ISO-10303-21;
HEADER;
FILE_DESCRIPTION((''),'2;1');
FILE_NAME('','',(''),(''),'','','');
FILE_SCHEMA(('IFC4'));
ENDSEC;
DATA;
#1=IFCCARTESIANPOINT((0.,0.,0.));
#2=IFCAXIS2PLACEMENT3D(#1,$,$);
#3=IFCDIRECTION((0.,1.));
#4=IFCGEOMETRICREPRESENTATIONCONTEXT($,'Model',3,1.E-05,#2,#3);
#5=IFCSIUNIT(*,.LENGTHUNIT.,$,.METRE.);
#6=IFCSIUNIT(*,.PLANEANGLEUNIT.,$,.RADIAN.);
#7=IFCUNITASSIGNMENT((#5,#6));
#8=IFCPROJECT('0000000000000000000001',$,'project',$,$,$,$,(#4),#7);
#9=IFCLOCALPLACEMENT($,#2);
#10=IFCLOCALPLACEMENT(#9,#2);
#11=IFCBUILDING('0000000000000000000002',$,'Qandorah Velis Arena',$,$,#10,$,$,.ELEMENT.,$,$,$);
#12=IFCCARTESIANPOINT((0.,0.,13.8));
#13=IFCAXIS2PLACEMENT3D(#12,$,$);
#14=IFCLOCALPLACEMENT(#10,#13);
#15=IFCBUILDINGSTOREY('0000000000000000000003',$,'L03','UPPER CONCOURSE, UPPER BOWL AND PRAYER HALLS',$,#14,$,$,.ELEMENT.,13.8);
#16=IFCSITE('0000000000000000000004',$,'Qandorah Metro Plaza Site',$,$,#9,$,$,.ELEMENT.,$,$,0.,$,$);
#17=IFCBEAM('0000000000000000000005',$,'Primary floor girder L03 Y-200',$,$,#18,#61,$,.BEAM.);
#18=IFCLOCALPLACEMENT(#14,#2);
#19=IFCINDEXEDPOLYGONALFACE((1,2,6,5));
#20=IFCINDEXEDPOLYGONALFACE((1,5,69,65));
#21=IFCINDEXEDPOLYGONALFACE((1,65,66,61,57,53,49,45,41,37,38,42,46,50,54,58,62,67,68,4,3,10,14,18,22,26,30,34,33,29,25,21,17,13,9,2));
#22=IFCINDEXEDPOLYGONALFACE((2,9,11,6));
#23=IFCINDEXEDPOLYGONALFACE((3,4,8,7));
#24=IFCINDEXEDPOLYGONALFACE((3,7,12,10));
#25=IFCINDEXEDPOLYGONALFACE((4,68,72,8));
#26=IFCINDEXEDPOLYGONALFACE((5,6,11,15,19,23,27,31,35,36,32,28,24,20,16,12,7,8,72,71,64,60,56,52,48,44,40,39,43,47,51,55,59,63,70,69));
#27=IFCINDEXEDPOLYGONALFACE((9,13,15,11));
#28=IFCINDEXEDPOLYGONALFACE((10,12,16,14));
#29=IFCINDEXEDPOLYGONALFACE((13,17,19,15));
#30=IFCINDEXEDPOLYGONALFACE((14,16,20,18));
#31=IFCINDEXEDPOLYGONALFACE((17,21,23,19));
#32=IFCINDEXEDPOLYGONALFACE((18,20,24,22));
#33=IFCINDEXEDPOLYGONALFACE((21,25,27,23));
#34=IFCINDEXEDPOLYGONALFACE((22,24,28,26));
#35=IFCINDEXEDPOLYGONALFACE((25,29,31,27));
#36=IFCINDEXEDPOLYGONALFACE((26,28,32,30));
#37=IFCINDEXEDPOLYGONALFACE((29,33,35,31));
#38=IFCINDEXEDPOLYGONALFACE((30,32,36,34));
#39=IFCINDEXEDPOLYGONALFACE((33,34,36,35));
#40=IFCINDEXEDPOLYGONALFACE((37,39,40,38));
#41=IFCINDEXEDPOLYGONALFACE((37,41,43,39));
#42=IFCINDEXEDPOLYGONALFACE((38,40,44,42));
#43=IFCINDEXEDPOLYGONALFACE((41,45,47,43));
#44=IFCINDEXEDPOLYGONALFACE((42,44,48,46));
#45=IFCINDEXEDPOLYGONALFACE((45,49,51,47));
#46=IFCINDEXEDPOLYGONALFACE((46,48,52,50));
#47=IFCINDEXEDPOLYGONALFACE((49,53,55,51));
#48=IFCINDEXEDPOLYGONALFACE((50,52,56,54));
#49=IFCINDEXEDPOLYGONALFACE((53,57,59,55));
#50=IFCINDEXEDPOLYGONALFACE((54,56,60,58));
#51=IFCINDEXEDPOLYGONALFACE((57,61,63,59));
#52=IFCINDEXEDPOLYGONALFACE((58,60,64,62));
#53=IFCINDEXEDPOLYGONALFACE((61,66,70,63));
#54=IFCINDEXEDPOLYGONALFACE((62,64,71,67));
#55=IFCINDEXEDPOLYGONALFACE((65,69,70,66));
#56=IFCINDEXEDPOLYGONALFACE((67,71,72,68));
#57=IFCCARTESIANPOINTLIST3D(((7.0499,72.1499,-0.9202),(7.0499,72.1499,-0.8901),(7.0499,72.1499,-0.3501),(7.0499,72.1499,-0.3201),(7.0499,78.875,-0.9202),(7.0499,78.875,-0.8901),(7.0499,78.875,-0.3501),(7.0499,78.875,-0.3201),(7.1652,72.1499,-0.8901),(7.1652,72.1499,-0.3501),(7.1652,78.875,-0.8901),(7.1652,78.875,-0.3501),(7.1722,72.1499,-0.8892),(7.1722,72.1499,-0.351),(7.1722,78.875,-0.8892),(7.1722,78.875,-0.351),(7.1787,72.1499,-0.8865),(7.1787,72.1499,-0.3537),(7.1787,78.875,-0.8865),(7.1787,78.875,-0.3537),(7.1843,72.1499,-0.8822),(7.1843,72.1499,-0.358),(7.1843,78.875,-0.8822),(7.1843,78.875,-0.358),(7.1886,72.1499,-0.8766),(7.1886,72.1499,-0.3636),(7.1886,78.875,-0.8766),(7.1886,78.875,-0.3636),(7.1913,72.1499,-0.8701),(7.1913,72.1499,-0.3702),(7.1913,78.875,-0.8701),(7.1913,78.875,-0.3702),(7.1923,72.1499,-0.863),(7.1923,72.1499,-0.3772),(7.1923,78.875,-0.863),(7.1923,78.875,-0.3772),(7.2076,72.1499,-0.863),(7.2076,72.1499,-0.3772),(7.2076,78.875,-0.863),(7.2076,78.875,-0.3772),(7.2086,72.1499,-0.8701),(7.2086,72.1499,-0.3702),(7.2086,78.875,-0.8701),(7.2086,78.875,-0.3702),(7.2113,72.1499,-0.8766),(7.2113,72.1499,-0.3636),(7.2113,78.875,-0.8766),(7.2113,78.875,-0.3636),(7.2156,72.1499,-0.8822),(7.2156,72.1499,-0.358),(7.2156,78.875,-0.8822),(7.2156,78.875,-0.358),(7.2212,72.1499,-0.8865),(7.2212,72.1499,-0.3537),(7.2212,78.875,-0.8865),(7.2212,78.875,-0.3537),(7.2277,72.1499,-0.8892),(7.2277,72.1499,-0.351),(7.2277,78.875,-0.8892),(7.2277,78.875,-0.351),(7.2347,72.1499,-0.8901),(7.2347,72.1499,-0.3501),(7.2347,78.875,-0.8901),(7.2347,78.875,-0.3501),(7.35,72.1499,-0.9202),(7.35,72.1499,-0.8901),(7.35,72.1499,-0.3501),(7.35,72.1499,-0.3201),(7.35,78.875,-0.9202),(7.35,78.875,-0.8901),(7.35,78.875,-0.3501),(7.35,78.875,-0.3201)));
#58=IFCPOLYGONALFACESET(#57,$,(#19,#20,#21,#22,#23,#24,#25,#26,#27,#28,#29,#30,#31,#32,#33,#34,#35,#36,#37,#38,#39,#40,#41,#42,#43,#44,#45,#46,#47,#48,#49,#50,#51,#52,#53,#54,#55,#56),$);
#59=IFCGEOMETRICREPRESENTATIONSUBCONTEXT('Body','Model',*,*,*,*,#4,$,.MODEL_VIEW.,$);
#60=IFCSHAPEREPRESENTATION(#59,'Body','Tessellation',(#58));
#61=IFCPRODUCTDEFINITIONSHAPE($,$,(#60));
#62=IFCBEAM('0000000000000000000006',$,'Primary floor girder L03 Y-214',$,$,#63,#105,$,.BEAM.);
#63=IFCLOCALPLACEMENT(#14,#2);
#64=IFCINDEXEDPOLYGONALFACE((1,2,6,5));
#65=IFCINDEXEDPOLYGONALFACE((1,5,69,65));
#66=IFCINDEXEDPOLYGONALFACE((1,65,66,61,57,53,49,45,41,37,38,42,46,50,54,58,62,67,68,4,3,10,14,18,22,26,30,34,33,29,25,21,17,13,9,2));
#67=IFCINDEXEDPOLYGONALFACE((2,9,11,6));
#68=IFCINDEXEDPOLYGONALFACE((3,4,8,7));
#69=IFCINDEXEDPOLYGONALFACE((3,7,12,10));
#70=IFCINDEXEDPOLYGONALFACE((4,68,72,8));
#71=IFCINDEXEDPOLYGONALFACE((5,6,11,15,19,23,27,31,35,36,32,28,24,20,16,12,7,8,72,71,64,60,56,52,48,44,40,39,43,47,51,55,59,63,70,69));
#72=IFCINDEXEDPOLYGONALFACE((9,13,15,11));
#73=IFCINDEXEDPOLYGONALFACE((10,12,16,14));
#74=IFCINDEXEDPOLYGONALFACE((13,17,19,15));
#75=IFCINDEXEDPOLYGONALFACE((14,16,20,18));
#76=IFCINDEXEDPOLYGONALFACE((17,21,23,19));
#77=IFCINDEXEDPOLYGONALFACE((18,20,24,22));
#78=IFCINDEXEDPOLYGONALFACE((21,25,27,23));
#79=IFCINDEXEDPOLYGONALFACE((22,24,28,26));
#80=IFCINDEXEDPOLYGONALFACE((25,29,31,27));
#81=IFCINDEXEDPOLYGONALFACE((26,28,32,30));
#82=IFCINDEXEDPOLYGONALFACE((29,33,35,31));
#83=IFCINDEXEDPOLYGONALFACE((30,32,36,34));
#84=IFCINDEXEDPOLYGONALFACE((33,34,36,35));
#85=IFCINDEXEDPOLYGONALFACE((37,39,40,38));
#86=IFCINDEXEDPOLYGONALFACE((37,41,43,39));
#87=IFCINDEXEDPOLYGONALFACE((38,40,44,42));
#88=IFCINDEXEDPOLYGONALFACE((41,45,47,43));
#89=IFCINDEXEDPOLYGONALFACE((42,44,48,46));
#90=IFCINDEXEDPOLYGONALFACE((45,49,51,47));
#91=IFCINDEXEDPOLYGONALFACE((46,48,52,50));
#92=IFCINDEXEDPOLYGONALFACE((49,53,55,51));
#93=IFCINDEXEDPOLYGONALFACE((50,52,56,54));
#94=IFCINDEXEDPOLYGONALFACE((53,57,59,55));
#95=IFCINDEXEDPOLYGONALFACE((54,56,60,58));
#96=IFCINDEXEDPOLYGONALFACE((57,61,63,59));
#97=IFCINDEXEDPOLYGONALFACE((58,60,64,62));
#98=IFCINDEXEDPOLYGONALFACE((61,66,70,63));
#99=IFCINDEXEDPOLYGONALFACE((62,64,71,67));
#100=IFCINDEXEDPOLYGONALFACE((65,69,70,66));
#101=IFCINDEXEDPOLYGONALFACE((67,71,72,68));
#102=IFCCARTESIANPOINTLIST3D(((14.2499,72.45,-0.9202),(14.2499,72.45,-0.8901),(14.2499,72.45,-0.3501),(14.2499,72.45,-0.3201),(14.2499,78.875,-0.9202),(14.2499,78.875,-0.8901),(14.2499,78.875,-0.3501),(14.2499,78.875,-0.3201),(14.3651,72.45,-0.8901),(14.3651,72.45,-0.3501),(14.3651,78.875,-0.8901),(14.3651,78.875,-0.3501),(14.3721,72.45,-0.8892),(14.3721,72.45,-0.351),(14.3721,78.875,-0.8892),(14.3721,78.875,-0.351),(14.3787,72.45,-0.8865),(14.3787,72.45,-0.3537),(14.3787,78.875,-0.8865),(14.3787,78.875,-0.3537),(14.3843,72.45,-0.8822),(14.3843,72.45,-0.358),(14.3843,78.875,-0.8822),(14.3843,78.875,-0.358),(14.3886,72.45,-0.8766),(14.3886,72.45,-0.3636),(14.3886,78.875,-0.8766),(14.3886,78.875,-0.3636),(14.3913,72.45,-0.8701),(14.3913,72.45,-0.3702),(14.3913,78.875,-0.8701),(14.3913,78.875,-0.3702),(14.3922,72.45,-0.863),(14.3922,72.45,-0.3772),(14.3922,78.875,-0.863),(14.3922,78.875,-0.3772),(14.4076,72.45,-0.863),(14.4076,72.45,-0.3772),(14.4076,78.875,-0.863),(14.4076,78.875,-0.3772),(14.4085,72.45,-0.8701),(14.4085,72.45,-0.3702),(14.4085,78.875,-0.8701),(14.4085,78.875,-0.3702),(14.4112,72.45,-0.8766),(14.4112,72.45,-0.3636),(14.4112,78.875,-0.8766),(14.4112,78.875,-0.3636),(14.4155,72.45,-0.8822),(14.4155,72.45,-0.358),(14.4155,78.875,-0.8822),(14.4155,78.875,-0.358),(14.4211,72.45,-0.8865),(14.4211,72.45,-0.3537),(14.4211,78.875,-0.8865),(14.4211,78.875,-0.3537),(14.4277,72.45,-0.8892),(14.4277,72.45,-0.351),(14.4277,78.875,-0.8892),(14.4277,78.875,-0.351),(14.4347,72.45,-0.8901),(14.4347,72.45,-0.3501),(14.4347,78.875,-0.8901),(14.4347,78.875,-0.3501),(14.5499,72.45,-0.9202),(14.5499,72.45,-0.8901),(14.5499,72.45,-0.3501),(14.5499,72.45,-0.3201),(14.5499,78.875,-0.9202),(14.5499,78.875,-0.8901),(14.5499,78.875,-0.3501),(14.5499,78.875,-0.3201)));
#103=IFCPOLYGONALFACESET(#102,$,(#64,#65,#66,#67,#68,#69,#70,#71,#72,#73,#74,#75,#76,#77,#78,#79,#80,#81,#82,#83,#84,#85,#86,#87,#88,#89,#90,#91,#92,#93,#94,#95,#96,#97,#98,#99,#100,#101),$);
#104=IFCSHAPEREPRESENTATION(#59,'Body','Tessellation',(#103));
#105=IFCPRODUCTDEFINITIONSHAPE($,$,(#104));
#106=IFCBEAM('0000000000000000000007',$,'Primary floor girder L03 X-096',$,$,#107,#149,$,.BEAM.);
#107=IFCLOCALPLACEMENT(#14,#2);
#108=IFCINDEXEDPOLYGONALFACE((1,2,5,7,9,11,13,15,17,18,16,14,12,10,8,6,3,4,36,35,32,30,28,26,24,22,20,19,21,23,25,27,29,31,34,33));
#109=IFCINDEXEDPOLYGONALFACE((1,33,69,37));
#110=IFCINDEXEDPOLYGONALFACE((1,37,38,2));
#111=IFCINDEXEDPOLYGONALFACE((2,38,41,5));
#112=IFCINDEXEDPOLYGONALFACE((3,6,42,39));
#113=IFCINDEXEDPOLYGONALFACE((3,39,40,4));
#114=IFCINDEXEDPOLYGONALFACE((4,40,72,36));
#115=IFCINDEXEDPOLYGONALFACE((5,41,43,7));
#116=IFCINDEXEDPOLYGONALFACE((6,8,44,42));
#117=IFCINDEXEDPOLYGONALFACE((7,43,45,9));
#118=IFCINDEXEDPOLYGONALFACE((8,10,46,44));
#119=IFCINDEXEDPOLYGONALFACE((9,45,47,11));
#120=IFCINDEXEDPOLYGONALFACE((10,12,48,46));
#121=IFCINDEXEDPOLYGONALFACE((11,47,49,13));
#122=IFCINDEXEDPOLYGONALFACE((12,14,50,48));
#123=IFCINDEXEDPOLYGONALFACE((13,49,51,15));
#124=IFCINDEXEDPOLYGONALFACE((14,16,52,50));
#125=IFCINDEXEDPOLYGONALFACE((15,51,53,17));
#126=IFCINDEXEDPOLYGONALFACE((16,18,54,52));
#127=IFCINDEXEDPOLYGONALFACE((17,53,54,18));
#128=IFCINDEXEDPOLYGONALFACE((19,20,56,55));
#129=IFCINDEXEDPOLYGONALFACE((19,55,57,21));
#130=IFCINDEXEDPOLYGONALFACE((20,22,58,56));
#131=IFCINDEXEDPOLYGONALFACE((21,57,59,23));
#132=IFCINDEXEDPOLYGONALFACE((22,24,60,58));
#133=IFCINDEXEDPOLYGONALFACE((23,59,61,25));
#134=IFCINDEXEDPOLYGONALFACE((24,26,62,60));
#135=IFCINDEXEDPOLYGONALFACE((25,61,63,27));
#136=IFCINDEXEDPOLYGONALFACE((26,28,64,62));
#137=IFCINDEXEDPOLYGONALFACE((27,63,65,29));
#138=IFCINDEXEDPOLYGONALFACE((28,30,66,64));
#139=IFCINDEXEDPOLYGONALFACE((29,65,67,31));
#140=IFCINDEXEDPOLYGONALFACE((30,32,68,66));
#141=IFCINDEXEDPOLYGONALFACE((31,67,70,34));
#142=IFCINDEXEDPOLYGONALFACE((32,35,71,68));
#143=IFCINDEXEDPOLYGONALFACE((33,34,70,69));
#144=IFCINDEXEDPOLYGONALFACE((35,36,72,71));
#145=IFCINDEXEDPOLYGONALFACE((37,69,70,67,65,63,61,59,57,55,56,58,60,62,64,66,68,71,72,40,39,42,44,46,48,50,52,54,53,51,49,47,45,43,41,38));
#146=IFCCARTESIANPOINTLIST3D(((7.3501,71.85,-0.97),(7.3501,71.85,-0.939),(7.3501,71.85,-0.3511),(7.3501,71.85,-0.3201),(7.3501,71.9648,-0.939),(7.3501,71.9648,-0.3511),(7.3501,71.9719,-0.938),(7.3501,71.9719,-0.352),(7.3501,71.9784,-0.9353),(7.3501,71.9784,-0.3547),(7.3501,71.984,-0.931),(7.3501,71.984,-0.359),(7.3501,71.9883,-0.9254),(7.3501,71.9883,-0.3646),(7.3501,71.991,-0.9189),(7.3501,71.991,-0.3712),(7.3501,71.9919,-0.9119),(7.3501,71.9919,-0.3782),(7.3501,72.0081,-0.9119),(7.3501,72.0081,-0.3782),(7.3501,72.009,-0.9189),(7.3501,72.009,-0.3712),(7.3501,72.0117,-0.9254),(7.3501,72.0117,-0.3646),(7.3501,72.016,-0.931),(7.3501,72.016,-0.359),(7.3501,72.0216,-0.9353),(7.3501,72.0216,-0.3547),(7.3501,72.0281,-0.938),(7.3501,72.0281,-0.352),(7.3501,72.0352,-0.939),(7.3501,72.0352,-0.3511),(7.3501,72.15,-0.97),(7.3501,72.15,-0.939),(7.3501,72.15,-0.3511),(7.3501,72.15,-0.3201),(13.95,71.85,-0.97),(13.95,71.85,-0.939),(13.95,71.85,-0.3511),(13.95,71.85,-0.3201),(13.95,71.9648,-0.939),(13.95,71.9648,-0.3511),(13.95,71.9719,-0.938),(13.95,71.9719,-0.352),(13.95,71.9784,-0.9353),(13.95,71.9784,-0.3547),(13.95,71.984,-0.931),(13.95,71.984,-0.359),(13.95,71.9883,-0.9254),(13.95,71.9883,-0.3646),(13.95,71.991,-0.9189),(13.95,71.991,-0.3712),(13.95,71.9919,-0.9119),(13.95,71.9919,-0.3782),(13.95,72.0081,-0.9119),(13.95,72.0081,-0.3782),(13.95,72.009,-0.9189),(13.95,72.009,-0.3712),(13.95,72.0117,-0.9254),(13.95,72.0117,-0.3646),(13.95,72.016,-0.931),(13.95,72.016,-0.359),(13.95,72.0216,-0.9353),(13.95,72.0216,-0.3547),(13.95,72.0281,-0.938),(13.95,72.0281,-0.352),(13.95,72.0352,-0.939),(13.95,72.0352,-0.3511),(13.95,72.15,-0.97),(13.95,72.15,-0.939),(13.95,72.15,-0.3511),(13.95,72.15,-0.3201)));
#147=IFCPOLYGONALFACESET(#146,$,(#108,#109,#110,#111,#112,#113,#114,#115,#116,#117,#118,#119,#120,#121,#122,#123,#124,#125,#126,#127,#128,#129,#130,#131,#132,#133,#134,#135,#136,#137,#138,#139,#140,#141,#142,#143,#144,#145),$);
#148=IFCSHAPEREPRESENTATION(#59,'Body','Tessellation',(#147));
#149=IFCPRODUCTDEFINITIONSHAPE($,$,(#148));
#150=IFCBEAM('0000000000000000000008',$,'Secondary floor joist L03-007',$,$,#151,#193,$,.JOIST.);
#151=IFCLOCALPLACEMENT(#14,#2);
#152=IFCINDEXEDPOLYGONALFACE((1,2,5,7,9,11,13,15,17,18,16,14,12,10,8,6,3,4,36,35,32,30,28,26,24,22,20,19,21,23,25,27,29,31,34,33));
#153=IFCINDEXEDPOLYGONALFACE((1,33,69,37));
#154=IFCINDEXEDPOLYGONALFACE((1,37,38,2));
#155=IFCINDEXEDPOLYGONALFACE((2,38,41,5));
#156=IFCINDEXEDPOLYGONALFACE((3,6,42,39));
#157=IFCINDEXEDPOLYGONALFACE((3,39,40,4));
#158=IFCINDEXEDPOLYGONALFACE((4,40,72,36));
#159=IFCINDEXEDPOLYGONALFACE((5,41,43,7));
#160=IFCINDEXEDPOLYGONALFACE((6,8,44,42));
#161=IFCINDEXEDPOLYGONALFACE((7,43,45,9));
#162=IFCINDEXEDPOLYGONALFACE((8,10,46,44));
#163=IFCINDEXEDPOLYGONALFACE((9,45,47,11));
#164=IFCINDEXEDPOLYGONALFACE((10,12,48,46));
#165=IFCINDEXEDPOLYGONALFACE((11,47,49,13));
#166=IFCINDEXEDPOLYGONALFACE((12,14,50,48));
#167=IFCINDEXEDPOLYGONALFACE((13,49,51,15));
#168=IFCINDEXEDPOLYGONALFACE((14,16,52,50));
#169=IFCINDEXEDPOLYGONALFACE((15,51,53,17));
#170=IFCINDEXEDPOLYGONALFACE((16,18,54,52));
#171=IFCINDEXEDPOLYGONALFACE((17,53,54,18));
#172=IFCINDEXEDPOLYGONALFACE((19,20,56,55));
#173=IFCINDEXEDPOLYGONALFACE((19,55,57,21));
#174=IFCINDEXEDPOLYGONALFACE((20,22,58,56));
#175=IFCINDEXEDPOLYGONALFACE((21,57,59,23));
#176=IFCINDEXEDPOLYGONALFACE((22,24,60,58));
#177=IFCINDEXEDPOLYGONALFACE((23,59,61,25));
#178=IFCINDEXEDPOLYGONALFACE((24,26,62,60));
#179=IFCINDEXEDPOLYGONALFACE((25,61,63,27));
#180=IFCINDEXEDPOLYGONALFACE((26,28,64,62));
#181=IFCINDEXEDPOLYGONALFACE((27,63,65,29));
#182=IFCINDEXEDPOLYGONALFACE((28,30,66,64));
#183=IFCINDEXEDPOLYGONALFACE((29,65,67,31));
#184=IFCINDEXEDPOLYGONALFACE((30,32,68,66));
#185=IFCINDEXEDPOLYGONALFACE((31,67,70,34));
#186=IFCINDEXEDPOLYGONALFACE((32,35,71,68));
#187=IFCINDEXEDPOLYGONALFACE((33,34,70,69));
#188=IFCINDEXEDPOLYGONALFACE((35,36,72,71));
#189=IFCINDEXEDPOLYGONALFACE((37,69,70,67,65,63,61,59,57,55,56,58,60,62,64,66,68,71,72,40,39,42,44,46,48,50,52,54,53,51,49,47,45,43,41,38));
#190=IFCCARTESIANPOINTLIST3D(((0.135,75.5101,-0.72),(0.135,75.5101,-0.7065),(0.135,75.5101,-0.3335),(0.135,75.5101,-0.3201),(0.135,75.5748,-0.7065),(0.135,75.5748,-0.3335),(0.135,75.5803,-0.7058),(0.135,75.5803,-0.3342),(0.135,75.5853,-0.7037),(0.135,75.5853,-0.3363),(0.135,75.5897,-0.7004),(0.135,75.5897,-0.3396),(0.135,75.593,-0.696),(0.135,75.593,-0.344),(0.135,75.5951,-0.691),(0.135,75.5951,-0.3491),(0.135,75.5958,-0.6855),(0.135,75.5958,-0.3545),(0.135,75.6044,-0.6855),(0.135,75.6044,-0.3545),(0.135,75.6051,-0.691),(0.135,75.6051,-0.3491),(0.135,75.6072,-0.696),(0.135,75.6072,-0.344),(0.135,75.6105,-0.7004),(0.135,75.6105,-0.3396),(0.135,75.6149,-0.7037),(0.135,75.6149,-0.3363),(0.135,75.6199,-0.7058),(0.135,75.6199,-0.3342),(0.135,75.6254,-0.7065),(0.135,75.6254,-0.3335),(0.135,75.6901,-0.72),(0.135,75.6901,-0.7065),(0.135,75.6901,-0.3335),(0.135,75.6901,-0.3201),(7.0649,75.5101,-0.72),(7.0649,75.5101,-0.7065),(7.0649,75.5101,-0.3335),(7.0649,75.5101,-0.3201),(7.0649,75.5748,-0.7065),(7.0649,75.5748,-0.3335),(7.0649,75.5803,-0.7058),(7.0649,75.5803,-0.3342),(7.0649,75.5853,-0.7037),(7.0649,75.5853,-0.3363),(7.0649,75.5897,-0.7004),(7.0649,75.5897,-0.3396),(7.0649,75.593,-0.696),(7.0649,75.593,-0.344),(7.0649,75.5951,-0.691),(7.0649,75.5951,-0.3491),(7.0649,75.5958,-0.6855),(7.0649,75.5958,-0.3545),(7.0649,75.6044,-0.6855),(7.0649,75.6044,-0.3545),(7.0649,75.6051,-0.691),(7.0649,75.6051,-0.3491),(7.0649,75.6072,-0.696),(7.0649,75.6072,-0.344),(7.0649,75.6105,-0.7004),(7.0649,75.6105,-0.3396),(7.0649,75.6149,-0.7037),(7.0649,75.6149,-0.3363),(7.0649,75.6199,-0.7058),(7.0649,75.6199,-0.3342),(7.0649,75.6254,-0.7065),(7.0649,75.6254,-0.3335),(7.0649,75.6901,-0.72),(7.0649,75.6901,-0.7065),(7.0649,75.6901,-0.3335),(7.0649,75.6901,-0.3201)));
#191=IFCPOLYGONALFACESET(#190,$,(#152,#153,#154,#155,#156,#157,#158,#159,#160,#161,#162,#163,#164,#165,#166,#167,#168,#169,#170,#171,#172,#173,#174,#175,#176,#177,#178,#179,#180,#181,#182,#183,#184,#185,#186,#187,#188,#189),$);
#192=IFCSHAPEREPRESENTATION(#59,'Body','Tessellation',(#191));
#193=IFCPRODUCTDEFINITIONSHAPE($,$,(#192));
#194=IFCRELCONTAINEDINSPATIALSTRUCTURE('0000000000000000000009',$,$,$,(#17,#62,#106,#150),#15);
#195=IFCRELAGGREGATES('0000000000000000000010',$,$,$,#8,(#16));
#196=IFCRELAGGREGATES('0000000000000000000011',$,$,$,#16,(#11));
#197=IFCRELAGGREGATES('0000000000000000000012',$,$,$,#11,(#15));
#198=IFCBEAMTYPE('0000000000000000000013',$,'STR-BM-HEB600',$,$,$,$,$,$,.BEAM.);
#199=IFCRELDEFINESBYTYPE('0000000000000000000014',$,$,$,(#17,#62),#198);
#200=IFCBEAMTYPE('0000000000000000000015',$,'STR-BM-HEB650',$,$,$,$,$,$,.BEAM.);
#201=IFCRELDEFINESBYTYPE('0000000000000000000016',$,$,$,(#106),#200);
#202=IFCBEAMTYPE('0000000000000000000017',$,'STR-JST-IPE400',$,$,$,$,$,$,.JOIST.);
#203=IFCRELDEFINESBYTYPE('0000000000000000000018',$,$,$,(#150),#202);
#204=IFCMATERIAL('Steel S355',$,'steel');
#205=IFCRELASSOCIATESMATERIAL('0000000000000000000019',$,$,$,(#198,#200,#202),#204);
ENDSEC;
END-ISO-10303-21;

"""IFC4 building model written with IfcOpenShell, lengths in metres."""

from ifc_helpers import new_model, si_unit, direction, frame, origin, origin_2d, place, context, subcontext, project, spatial, i_section, extrude, material, material_profile, profile_set, type_object, element, save


model = new_model("IFC4")

# Units and contexts
model_context = context("Model", 3, precision=1e-05, world=origin(), true_north=direction((0.0, 1.0)))
body_context = subcontext(model_context, "Body", "Model", "MODEL_VIEW")
ifc_project = project(units=[si_unit("LENGTHUNIT", "METRE"), si_unit("PLANEANGLEUNIT", "RADIAN")], contexts=[model_context])

# Site, building, storey
site_placement = place(None, origin())
site = spatial("IfcSite", under=ifc_project, at=site_placement, Name="Qandorah Metro Plaza Site", CompositionType="ELEMENT", RefElevation=0.0)
building_placement = place(site_placement, origin())
building = spatial("IfcBuilding", under=site, at=building_placement, Name="Qandorah Velis Arena", CompositionType="ELEMENT")
storey_placement = place(building_placement, frame((0.0, 0.0, 13.8)))
storey = spatial("IfcBuildingStorey", under=building, at=storey_placement, Name="L03", Description="UPPER CONCOURSE, UPPER BOWL AND PRAYER HALLS", CompositionType="ELEMENT", Elevation=13.8)

# Beams
ifc_material_1 = material(Name="Steel S355", Category="steel")
ifc_material_profile_1 = material_profile(ifc_material_1, i_section(OverallWidth=0.3, OverallDepth=0.6001, WebThickness=0.0154, FlangeThickness=0.03, FilletRadius=0.0271, at=origin_2d()), Name="HEB 600")
ifc_profile_set_1 = profile_set([ifc_material_profile_1], Name="Steel S355")
beam_type_1 = type_object("IfcBeamType", Name="STR-BM-HEB600", PredefinedType="BEAM", material=ifc_profile_set_1)
for number, where, z_axis, x_axis, name in (
    (1, (7.2, 72.1499, -0.6201), (0.0, 1.0, 0.0), (-1.0, 0.0, 0.0), "Primary floor girder L03 Y-200"),
):
    element("IfcBeam", number, at=place(storey_placement, frame(where, z_axis=z_axis, x_axis=x_axis)), inside=storey, type_object=beam_type_1, Name=name, PredefinedType="BEAM", context=body_context, shape_type="SweptSolid", body=[
        extrude(i_section(OverallWidth=0.3, OverallDepth=0.6001, WebThickness=0.0154, FlangeThickness=0.03, FilletRadius=0.0271, at=origin_2d()), origin(), (0.0, 0.0, 1.0), 6.7251),
    ])
beam_1_placement = place(storey_placement, frame((14.3999, 72.45, -0.6201), z_axis=(0.0, 1.0, 0.0), x_axis=(-1.0, 0.0, 0.0)))
element("IfcBeam", 2, at=beam_1_placement, inside=storey, type_object=beam_type_1, Name="Primary floor girder L03 Y-214", PredefinedType="BEAM", context=body_context, shape_type="SweptSolid", body=[
    extrude(i_section(OverallWidth=0.3, OverallDepth=0.6001, WebThickness=0.0154, FlangeThickness=0.03, FilletRadius=0.0271, at=origin_2d()), origin(), (0.0, 0.0, 1.0), 6.425),
])
ifc_material_profile_2 = material_profile(ifc_material_1, i_section(OverallWidth=0.3, OverallDepth=0.6499, WebThickness=0.0161, FlangeThickness=0.031, FilletRadius=0.0271, at=origin_2d()), Name="HEB 650")
ifc_profile_set_2 = profile_set([ifc_material_profile_2], Name="Steel S355")
beam_type_2 = type_object("IfcBeamType", Name="STR-BM-HEB650", PredefinedType="BEAM", material=ifc_profile_set_2)
beam_2_placement = place(storey_placement, frame((7.3501, 72.0, -0.645), z_axis=(1.0, 0.0, 0.0), x_axis=(0.0, 1.0, 0.0)))
element("IfcBeam", 3, at=beam_2_placement, inside=storey, type_object=beam_type_2, Name="Primary floor girder L03 X-096", PredefinedType="BEAM", context=body_context, shape_type="SweptSolid", body=[
    extrude(i_section(OverallWidth=0.3, OverallDepth=0.6499, WebThickness=0.0161, FlangeThickness=0.031, FilletRadius=0.0271, at=origin_2d()), origin(), (0.0, 0.0, 1.0), 6.5999),
])
ifc_material_profile_3 = material_profile(ifc_material_1, i_section(OverallWidth=0.1799, OverallDepth=0.3999, WebThickness=0.0085, FlangeThickness=0.0134, FilletRadius=0.021, at=origin_2d()), Name="IPE 400")
ifc_profile_set_3 = profile_set([ifc_material_profile_3], Name="Steel S355")
beam_type_3 = type_object("IfcBeamType", Name="STR-JST-IPE400", PredefinedType="JOIST", material=ifc_profile_set_3)
beam_3_placement = place(storey_placement, frame((0.135, 75.6001, -0.52), z_axis=(1.0, 0.0, 0.0), x_axis=(0.0, 1.0, 0.0)))
element("IfcBeam", 4, at=beam_3_placement, inside=storey, type_object=beam_type_3, Name="Secondary floor joist L03-007", PredefinedType="JOIST", context=body_context, shape_type="SweptSolid", body=[
    extrude(i_section(OverallWidth=0.1799, OverallDepth=0.3999, WebThickness=0.0085, FlangeThickness=0.0134, FilletRadius=0.021, at=origin_2d()), origin(), (0.0, 0.0, 1.0), 6.9299),
])

save(model, "model.ifc")
